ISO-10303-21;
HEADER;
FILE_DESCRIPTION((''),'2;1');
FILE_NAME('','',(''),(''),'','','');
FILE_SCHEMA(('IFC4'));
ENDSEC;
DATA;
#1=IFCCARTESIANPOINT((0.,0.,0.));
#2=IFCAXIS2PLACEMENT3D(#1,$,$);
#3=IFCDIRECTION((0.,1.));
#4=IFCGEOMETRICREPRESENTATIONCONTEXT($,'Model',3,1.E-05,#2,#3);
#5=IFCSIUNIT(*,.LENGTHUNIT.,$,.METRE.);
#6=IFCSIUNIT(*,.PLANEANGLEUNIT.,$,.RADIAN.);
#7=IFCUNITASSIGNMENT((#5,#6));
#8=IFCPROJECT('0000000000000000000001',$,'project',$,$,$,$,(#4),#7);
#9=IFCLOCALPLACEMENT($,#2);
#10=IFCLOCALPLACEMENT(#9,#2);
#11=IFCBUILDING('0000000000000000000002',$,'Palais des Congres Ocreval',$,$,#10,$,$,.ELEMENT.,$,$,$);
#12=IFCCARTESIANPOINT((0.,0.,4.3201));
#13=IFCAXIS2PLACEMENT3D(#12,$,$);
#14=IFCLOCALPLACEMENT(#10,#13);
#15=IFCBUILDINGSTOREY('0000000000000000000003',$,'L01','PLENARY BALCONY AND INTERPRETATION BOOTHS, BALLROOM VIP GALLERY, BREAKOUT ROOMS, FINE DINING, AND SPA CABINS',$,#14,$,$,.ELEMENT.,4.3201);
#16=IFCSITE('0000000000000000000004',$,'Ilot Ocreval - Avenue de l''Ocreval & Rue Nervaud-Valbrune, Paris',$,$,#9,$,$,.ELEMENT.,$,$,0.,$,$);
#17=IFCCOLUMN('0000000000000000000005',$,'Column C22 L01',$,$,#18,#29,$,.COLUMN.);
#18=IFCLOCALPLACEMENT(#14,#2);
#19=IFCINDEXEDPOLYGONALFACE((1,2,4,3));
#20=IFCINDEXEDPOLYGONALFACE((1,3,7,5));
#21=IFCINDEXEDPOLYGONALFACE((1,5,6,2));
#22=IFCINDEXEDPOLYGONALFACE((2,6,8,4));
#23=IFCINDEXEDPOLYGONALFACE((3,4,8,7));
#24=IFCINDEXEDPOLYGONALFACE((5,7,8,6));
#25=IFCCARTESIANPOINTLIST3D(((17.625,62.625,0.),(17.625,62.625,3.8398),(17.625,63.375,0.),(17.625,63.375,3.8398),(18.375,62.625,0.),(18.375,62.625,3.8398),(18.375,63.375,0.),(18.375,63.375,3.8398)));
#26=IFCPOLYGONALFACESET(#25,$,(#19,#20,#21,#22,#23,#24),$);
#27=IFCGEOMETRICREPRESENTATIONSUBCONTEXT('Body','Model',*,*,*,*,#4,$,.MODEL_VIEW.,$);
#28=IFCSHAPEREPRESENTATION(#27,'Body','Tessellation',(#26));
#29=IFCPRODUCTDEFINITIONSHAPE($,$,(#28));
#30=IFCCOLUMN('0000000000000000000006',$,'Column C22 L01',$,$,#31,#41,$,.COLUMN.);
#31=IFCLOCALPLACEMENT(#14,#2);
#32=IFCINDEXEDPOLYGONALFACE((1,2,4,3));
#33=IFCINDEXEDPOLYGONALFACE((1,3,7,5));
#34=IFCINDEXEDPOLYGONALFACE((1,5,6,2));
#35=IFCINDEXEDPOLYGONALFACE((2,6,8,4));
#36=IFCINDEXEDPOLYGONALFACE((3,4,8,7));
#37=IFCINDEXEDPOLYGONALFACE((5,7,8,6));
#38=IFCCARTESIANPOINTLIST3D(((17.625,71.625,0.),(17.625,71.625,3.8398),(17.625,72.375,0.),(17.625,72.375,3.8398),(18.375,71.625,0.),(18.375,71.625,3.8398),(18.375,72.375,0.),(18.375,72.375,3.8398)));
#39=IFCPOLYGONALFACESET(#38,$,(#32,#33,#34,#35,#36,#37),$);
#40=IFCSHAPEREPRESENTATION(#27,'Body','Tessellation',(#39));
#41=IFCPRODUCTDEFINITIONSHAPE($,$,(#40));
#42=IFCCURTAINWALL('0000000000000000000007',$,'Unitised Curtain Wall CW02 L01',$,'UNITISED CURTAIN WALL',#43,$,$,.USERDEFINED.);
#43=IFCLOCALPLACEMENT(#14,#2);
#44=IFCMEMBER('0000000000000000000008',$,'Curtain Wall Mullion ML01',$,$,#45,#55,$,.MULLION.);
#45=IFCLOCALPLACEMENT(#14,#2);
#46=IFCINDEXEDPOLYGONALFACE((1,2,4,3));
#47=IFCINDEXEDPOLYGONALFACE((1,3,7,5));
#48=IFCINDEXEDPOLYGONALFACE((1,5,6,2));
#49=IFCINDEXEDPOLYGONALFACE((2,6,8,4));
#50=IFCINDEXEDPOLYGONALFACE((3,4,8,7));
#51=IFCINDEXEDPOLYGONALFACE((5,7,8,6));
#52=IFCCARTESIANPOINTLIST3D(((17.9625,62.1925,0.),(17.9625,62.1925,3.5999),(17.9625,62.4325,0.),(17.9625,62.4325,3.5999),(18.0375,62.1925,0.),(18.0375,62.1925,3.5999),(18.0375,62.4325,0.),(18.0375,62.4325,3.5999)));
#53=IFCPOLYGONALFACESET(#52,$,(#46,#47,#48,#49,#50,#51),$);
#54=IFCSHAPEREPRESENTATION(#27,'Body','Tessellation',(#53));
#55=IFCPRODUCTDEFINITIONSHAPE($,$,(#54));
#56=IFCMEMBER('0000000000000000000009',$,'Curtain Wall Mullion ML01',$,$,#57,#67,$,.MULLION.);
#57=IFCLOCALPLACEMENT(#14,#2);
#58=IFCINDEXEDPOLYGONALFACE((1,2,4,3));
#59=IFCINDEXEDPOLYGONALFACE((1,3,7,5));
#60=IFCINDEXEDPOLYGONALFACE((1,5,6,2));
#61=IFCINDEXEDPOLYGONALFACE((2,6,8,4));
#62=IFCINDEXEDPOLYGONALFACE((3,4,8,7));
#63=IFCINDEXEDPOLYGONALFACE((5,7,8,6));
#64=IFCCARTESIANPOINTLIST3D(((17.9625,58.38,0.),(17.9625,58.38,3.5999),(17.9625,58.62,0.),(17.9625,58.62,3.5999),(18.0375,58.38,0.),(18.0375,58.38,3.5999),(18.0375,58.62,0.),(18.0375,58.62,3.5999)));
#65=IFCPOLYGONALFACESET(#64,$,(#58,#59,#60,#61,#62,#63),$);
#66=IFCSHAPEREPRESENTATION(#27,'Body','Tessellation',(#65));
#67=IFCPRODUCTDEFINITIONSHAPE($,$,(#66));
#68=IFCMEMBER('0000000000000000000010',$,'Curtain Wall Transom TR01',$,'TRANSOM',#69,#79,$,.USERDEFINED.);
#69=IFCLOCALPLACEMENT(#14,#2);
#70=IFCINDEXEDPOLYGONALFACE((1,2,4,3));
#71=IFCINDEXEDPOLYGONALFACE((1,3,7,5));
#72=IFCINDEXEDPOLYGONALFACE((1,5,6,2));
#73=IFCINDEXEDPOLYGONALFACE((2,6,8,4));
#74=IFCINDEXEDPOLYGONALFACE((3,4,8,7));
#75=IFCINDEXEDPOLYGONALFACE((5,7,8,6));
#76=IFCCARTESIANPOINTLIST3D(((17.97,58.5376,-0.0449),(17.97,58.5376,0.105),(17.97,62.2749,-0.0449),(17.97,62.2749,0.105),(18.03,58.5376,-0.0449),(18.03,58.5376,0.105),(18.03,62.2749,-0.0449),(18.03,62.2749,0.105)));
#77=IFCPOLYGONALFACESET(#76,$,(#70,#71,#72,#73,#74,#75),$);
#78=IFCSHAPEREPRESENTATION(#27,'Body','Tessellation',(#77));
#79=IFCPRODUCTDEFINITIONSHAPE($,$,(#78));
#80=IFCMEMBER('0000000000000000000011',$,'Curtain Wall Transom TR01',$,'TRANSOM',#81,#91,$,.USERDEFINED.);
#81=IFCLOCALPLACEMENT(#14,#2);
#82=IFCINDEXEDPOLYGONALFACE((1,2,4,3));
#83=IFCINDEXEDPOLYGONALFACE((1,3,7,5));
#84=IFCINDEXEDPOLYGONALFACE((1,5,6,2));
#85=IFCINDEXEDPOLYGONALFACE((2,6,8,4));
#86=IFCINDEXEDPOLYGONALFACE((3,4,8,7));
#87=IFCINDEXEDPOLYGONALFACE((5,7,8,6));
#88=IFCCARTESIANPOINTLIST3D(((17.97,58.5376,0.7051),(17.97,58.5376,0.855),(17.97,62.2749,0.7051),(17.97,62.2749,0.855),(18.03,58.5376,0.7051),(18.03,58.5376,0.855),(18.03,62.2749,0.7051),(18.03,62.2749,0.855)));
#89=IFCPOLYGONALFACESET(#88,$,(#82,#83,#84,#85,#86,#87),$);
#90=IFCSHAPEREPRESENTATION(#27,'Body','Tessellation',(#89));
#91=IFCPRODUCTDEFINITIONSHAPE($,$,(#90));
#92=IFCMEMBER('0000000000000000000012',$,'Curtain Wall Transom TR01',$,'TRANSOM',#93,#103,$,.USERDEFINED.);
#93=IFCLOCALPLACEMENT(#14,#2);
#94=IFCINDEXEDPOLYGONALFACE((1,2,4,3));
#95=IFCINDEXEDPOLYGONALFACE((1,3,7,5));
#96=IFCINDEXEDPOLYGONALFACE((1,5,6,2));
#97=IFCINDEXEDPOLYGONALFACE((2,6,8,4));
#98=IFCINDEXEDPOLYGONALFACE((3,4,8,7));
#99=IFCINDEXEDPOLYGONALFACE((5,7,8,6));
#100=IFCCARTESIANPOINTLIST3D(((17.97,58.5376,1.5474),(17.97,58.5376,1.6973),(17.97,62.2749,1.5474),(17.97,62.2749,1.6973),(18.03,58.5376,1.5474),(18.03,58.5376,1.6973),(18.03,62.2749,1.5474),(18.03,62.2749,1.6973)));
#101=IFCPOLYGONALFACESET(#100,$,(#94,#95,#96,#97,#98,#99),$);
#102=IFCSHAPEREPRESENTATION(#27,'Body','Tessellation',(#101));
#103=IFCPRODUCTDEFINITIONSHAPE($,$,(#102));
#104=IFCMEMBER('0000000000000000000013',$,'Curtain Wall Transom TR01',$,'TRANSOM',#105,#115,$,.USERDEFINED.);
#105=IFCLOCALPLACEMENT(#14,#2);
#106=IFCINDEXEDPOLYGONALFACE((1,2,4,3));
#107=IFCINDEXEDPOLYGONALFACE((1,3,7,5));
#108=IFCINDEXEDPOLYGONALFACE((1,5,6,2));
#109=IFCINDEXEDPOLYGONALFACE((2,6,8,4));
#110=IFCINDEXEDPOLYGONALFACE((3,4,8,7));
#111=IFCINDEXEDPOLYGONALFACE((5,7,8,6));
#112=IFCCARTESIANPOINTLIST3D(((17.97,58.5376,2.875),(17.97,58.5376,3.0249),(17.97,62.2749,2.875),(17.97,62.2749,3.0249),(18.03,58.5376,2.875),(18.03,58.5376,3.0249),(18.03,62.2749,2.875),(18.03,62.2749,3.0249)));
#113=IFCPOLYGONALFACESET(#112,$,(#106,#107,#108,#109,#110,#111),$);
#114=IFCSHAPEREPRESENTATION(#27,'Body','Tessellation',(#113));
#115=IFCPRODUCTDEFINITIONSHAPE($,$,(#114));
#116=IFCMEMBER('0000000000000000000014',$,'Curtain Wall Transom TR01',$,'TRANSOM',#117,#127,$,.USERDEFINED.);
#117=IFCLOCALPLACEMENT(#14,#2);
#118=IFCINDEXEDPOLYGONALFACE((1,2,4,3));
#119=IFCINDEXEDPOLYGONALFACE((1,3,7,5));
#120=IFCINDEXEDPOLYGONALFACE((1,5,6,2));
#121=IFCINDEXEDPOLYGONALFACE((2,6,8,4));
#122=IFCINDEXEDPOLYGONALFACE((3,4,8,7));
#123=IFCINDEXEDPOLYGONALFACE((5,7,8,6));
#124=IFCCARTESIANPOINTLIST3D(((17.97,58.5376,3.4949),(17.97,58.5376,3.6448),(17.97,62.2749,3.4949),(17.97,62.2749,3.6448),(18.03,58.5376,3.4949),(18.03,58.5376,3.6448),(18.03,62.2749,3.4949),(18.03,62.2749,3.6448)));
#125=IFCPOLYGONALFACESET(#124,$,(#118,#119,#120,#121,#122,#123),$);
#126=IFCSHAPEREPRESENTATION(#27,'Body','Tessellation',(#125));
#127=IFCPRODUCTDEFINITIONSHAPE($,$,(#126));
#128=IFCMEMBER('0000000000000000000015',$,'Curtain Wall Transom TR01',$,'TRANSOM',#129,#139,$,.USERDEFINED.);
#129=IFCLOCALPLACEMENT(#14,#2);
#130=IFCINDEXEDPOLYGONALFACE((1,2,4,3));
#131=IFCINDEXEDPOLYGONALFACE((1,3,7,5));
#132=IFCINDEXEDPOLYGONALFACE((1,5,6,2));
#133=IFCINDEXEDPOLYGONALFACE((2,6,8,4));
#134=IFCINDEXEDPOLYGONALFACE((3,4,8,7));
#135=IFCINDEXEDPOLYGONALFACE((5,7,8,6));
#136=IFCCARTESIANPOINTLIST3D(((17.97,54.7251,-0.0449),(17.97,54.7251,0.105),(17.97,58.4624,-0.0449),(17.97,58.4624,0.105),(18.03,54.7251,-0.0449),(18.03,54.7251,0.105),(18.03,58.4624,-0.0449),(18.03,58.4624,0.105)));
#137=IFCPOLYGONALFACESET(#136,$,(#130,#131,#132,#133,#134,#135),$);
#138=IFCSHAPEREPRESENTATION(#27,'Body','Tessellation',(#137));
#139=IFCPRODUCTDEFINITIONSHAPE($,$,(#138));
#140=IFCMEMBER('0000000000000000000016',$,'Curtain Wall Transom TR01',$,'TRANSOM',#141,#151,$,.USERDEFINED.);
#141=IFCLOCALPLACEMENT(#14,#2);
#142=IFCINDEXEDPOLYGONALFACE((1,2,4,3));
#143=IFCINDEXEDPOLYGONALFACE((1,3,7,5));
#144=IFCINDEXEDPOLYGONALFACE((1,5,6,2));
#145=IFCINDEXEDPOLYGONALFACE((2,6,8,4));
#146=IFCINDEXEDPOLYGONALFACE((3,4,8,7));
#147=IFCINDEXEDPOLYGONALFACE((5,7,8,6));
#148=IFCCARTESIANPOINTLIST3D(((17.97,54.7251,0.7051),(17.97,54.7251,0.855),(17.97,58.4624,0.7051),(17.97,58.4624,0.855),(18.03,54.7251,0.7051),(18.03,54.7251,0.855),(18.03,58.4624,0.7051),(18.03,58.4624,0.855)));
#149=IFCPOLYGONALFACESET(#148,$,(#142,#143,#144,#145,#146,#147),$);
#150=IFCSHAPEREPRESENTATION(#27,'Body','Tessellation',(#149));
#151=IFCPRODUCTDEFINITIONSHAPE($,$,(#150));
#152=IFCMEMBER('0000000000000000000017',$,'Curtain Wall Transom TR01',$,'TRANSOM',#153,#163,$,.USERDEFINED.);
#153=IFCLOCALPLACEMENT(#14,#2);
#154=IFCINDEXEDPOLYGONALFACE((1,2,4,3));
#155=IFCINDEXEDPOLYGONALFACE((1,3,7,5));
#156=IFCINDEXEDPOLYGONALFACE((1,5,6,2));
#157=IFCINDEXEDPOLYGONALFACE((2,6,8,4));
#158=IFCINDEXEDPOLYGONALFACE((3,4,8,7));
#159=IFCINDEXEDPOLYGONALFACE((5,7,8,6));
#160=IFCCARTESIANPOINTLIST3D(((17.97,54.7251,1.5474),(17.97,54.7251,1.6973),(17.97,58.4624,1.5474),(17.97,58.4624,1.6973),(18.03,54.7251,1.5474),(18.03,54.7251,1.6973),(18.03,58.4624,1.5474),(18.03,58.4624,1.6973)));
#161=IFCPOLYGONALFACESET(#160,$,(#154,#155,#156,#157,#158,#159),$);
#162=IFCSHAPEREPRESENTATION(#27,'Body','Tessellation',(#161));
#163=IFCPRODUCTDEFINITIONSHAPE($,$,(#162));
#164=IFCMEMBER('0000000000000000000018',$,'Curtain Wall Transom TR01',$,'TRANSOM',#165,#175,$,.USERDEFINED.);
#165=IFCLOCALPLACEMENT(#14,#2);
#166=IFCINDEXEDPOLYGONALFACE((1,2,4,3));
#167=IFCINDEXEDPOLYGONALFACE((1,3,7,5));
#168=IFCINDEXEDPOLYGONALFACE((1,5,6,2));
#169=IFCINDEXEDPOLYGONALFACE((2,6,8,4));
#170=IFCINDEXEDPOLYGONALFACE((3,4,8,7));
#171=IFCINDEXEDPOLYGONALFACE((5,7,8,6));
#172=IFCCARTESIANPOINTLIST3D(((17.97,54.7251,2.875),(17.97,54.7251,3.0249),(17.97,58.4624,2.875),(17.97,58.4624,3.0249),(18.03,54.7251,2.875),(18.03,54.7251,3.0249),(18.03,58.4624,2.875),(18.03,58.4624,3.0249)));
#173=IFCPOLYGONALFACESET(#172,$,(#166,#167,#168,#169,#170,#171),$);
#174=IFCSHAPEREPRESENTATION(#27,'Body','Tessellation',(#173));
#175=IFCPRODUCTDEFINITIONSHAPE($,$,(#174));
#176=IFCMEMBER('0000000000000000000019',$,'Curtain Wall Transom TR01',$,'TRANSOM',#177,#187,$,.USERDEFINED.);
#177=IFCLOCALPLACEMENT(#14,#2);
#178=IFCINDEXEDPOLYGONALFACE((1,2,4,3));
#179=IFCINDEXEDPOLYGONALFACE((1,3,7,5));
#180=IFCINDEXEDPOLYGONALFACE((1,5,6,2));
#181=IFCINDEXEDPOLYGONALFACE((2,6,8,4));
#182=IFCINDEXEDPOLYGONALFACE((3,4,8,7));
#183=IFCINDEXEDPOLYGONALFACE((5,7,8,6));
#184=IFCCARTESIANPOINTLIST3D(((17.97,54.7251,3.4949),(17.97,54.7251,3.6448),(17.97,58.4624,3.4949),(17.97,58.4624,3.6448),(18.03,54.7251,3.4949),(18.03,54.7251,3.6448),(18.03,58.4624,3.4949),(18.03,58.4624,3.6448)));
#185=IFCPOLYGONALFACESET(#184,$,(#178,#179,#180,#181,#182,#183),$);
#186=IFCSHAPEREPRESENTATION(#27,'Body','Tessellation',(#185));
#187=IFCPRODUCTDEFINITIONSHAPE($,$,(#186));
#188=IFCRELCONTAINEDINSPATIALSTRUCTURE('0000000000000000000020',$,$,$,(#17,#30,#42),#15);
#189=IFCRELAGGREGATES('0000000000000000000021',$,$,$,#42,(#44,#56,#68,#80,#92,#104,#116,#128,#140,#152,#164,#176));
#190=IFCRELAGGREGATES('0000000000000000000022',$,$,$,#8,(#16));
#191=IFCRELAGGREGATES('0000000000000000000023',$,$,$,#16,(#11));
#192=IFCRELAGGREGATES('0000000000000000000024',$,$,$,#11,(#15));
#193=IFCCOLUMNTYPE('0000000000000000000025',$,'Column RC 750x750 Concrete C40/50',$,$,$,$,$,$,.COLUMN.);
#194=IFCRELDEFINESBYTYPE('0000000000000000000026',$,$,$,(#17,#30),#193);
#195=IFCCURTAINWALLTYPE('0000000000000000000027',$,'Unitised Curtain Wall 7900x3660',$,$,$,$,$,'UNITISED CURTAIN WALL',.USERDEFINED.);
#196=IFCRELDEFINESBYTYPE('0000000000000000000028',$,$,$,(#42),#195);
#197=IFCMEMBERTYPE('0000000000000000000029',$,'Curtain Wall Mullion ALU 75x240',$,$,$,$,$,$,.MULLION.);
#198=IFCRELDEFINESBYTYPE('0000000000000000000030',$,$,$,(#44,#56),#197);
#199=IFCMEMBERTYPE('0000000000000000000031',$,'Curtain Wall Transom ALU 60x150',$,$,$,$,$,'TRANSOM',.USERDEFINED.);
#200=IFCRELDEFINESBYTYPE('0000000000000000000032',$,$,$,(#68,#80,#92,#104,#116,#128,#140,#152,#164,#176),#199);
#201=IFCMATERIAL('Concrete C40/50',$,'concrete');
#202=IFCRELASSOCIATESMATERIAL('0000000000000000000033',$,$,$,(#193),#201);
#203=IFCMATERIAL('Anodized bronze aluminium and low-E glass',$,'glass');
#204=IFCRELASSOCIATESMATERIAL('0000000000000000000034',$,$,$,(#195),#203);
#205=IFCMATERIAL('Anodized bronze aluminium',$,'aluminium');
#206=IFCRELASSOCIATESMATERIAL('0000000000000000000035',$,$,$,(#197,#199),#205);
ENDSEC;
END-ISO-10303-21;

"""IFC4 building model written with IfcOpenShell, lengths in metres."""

from ifc_helpers import new_model, si_unit, direction, frame, origin, origin_2d, place, context, subcontext, project, spatial, rectangle, extrude, material, material_profile, profile_set, type_object, element, aggregate, save


model = new_model("IFC4")

# Units and contexts
model_context = context("Model", 3, precision=1e-05, world=origin(), true_north=direction((0.0, 1.0)))
body_context = subcontext(model_context, "Body", "Model", "MODEL_VIEW")
ifc_project = project(units=[si_unit("LENGTHUNIT", "METRE"), si_unit("PLANEANGLEUNIT", "RADIAN")], contexts=[model_context])

# Site, building, storey
site_placement = place(None, origin())
site = spatial("IfcSite", under=ifc_project, at=site_placement, Name="Ilot Ocreval - Avenue de l'Ocreval & Rue Nervaud-Valbrune, Paris", CompositionType="ELEMENT", RefElevation=0.0)
building_placement = place(site_placement, origin())
building = spatial("IfcBuilding", under=site, at=building_placement, Name="Palais des Congres Ocreval", CompositionType="ELEMENT")
storey_placement = place(building_placement, frame((0.0, 0.0, 4.3201)))
storey = spatial("IfcBuildingStorey", under=building, at=storey_placement, Name="L01", Description="PLENARY BALCONY AND INTERPRETATION BOOTHS, BALLROOM VIP GALLERY, BREAKOUT ROOMS, FINE DINING, AND SPA CABINS", CompositionType="ELEMENT", Elevation=4.3201)

# Columns
ifc_material_1 = material(Name="Concrete C40/50", Category="concrete")
ifc_material_profile_1 = material_profile(ifc_material_1, rectangle(XDim=0.75, YDim=0.75, at=origin_2d()), Name="RC 750x750")
ifc_profile_set_1 = profile_set([ifc_material_profile_1], Name="Concrete C40/50")
column_type = type_object("IfcColumnType", Name="Column RC 750x750 Concrete C40/50", PredefinedType="COLUMN", material=ifc_profile_set_1)
for number, where, z_axis, x_axis, name in (
    (1, (18.0, 63.0, 0.0), (0.0, 0.0, 1.0), (1.0, 0.0, 0.0), "Column C22 L01"),
    (2, (18.0, 72.0, 0.0), (0.0, 0.0, 1.0), (1.0, 0.0, 0.0), "Column C22 L01"),
):
    element("IfcColumn", number, at=place(storey_placement, frame(where, z_axis=z_axis, x_axis=x_axis)), inside=storey, type_object=column_type, Name=name, PredefinedType="COLUMN", context=body_context, shape_type="SweptSolid", body=[
        extrude(rectangle(XDim=0.75, YDim=0.75, at=origin_2d()), origin(), (0.0, 0.0, 1.0), 3.8398),
    ])

# Curtain wall, members
ifc_material_2 = material(Name="Anodized bronze aluminium and low-E glass", Category="glass")
curtain_wall_type = type_object("IfcCurtainWallType", Name="Unitised Curtain Wall 7900x3660", ElementType="UNITISED CURTAIN WALL", PredefinedType="USERDEFINED", material=ifc_material_2)
curtain_wall_placement = place(storey_placement, origin())
curtain_wall = element("IfcCurtainWall", 3, at=curtain_wall_placement, inside=storey, type_object=curtain_wall_type, Name="Unitised Curtain Wall CW02 L01", ObjectType="UNITISED CURTAIN WALL", PredefinedType="USERDEFINED")
ifc_material_3 = material(Name="Anodized bronze aluminium", Category="aluminium")
ifc_material_profile_2 = material_profile(ifc_material_3, rectangle(XDim=0.075, YDim=0.24, at=origin_2d()), Name="ALU 75x240")
ifc_profile_set_2 = profile_set([ifc_material_profile_2], Name="Anodized bronze aluminium")
member_type_1 = type_object("IfcMemberType", Name="Curtain Wall Mullion ALU 75x240", PredefinedType="MULLION", material=ifc_profile_set_2)
member_1_placement = place(storey_placement, frame((18.0, 62.3125, 0.0), z_axis=(0.0, 0.0, 1.0), x_axis=(1.0, 0.0, 0.0)))
member_1 = element("IfcMember", 4, at=member_1_placement, type_object=member_type_1, Name="Curtain Wall Mullion ML01", PredefinedType="MULLION", context=body_context, shape_type="SweptSolid", body=[
    extrude(rectangle(XDim=0.075, YDim=0.24, at=origin_2d()), origin(), (0.0, 0.0, 1.0), 3.5999),
])
member_2_placement = place(storey_placement, frame((18.0, 58.5, 0.0), z_axis=(0.0, 0.0, 1.0), x_axis=(1.0, 0.0, 0.0)))
member_2 = element("IfcMember", 5, at=member_2_placement, type_object=member_type_1, Name="Curtain Wall Mullion ML01", PredefinedType="MULLION", context=body_context, shape_type="SweptSolid", body=[
    extrude(rectangle(XDim=0.075, YDim=0.24, at=origin_2d()), origin(), (0.0, 0.0, 1.0), 3.5999),
])
ifc_material_profile_3 = material_profile(ifc_material_3, rectangle(XDim=0.0601, YDim=0.1499, at=origin_2d()), Name="ALU 60x150")
ifc_profile_set_3 = profile_set([ifc_material_profile_3], Name="Anodized bronze aluminium")
member_type_2 = type_object("IfcMemberType", Name="Curtain Wall Transom ALU 60x150", ElementType="TRANSOM", PredefinedType="USERDEFINED", material=ifc_profile_set_3)
member_3_placement = place(storey_placement, frame((18.0, 62.2749, 0.03), z_axis=(0.0, -1.0, 0.0), x_axis=(1.0, 0.0, 0.0)))
member_3 = element("IfcMember", 6, at=member_3_placement, type_object=member_type_2, Name="Curtain Wall Transom TR01", ObjectType="TRANSOM", PredefinedType="USERDEFINED", context=body_context, shape_type="SweptSolid", body=[
    extrude(rectangle(XDim=0.0601, YDim=0.1499, at=origin_2d()), origin(), (0.0, 0.0, 1.0), 3.7373),
])
member_4_placement = place(storey_placement, frame((18.0, 62.2749, 0.78), z_axis=(0.0, -1.0, 0.0), x_axis=(1.0, 0.0, 0.0)))
member_4 = element("IfcMember", 7, at=member_4_placement, type_object=member_type_2, Name="Curtain Wall Transom TR01", ObjectType="TRANSOM", PredefinedType="USERDEFINED", context=body_context, shape_type="SweptSolid", body=[
    extrude(rectangle(XDim=0.0601, YDim=0.1499, at=origin_2d()), origin(), (0.0, 0.0, 1.0), 3.7373),
])
member_5_placement = place(storey_placement, frame((18.0, 62.2749, 1.6223), z_axis=(0.0, -1.0, 0.0), x_axis=(1.0, 0.0, 0.0)))
member_5 = element("IfcMember", 8, at=member_5_placement, type_object=member_type_2, Name="Curtain Wall Transom TR01", ObjectType="TRANSOM", PredefinedType="USERDEFINED", context=body_context, shape_type="SweptSolid", body=[
    extrude(rectangle(XDim=0.0601, YDim=0.1499, at=origin_2d()), origin(), (0.0, 0.0, 1.0), 3.7373),
])
member_6_placement = place(storey_placement, frame((18.0, 62.2749, 2.95), z_axis=(0.0, -1.0, 0.0), x_axis=(1.0, 0.0, 0.0)))
member_6 = element("IfcMember", 9, at=member_6_placement, type_object=member_type_2, Name="Curtain Wall Transom TR01", ObjectType="TRANSOM", PredefinedType="USERDEFINED", context=body_context, shape_type="SweptSolid", body=[
    extrude(rectangle(XDim=0.0601, YDim=0.1499, at=origin_2d()), origin(), (0.0, 0.0, 1.0), 3.7373),
])
member_7_placement = place(storey_placement, frame((18.0, 62.2749, 3.5698), z_axis=(0.0, -1.0, 0.0), x_axis=(1.0, 0.0, 0.0)))
member_7 = element("IfcMember", 10, at=member_7_placement, type_object=member_type_2, Name="Curtain Wall Transom TR01", ObjectType="TRANSOM", PredefinedType="USERDEFINED", context=body_context, shape_type="SweptSolid", body=[
    extrude(rectangle(XDim=0.0601, YDim=0.1499, at=origin_2d()), origin(), (0.0, 0.0, 1.0), 3.7373),
])
member_8_placement = place(storey_placement, frame((18.0, 58.4624, 0.03), z_axis=(0.0, -1.0, 0.0), x_axis=(1.0, 0.0, 0.0)))
member_8 = element("IfcMember", 11, at=member_8_placement, type_object=member_type_2, Name="Curtain Wall Transom TR01", ObjectType="TRANSOM", PredefinedType="USERDEFINED", context=body_context, shape_type="SweptSolid", body=[
    extrude(rectangle(XDim=0.0601, YDim=0.1499, at=origin_2d()), origin(), (0.0, 0.0, 1.0), 3.7373),
])
member_9_placement = place(storey_placement, frame((18.0, 58.4624, 0.78), z_axis=(0.0, -1.0, 0.0), x_axis=(1.0, 0.0, 0.0)))
member_9 = element("IfcMember", 12, at=member_9_placement, type_object=member_type_2, Name="Curtain Wall Transom TR01", ObjectType="TRANSOM", PredefinedType="USERDEFINED", context=body_context, shape_type="SweptSolid", body=[
    extrude(rectangle(XDim=0.0601, YDim=0.1499, at=origin_2d()), origin(), (0.0, 0.0, 1.0), 3.7373),
])
member_10_placement = place(storey_placement, frame((18.0, 58.4624, 1.6223), z_axis=(0.0, -1.0, 0.0), x_axis=(1.0, 0.0, 0.0)))
member_10 = element("IfcMember", 13, at=member_10_placement, type_object=member_type_2, Name="Curtain Wall Transom TR01", ObjectType="TRANSOM", PredefinedType="USERDEFINED", context=body_context, shape_type="SweptSolid", body=[
    extrude(rectangle(XDim=0.0601, YDim=0.1499, at=origin_2d()), origin(), (0.0, 0.0, 1.0), 3.7373),
])
member_11_placement = place(storey_placement, frame((18.0, 58.4624, 2.95), z_axis=(0.0, -1.0, 0.0), x_axis=(1.0, 0.0, 0.0)))
member_11 = element("IfcMember", 14, at=member_11_placement, type_object=member_type_2, Name="Curtain Wall Transom TR01", ObjectType="TRANSOM", PredefinedType="USERDEFINED", context=body_context, shape_type="SweptSolid", body=[
    extrude(rectangle(XDim=0.0601, YDim=0.1499, at=origin_2d()), origin(), (0.0, 0.0, 1.0), 3.7373),
])
member_12_placement = place(storey_placement, frame((18.0, 58.4624, 3.5698), z_axis=(0.0, -1.0, 0.0), x_axis=(1.0, 0.0, 0.0)))
member_12 = element("IfcMember", 15, at=member_12_placement, type_object=member_type_2, Name="Curtain Wall Transom TR01", ObjectType="TRANSOM", PredefinedType="USERDEFINED", context=body_context, shape_type="SweptSolid", body=[
    extrude(rectangle(XDim=0.0601, YDim=0.1499, at=origin_2d()), origin(), (0.0, 0.0, 1.0), 3.7373),
])

aggregate(curtain_wall, [member_1, member_2, member_3, member_4, member_5, member_6, member_7, member_8, member_9, member_10, member_11, member_12])

save(model, "model.ifc")
